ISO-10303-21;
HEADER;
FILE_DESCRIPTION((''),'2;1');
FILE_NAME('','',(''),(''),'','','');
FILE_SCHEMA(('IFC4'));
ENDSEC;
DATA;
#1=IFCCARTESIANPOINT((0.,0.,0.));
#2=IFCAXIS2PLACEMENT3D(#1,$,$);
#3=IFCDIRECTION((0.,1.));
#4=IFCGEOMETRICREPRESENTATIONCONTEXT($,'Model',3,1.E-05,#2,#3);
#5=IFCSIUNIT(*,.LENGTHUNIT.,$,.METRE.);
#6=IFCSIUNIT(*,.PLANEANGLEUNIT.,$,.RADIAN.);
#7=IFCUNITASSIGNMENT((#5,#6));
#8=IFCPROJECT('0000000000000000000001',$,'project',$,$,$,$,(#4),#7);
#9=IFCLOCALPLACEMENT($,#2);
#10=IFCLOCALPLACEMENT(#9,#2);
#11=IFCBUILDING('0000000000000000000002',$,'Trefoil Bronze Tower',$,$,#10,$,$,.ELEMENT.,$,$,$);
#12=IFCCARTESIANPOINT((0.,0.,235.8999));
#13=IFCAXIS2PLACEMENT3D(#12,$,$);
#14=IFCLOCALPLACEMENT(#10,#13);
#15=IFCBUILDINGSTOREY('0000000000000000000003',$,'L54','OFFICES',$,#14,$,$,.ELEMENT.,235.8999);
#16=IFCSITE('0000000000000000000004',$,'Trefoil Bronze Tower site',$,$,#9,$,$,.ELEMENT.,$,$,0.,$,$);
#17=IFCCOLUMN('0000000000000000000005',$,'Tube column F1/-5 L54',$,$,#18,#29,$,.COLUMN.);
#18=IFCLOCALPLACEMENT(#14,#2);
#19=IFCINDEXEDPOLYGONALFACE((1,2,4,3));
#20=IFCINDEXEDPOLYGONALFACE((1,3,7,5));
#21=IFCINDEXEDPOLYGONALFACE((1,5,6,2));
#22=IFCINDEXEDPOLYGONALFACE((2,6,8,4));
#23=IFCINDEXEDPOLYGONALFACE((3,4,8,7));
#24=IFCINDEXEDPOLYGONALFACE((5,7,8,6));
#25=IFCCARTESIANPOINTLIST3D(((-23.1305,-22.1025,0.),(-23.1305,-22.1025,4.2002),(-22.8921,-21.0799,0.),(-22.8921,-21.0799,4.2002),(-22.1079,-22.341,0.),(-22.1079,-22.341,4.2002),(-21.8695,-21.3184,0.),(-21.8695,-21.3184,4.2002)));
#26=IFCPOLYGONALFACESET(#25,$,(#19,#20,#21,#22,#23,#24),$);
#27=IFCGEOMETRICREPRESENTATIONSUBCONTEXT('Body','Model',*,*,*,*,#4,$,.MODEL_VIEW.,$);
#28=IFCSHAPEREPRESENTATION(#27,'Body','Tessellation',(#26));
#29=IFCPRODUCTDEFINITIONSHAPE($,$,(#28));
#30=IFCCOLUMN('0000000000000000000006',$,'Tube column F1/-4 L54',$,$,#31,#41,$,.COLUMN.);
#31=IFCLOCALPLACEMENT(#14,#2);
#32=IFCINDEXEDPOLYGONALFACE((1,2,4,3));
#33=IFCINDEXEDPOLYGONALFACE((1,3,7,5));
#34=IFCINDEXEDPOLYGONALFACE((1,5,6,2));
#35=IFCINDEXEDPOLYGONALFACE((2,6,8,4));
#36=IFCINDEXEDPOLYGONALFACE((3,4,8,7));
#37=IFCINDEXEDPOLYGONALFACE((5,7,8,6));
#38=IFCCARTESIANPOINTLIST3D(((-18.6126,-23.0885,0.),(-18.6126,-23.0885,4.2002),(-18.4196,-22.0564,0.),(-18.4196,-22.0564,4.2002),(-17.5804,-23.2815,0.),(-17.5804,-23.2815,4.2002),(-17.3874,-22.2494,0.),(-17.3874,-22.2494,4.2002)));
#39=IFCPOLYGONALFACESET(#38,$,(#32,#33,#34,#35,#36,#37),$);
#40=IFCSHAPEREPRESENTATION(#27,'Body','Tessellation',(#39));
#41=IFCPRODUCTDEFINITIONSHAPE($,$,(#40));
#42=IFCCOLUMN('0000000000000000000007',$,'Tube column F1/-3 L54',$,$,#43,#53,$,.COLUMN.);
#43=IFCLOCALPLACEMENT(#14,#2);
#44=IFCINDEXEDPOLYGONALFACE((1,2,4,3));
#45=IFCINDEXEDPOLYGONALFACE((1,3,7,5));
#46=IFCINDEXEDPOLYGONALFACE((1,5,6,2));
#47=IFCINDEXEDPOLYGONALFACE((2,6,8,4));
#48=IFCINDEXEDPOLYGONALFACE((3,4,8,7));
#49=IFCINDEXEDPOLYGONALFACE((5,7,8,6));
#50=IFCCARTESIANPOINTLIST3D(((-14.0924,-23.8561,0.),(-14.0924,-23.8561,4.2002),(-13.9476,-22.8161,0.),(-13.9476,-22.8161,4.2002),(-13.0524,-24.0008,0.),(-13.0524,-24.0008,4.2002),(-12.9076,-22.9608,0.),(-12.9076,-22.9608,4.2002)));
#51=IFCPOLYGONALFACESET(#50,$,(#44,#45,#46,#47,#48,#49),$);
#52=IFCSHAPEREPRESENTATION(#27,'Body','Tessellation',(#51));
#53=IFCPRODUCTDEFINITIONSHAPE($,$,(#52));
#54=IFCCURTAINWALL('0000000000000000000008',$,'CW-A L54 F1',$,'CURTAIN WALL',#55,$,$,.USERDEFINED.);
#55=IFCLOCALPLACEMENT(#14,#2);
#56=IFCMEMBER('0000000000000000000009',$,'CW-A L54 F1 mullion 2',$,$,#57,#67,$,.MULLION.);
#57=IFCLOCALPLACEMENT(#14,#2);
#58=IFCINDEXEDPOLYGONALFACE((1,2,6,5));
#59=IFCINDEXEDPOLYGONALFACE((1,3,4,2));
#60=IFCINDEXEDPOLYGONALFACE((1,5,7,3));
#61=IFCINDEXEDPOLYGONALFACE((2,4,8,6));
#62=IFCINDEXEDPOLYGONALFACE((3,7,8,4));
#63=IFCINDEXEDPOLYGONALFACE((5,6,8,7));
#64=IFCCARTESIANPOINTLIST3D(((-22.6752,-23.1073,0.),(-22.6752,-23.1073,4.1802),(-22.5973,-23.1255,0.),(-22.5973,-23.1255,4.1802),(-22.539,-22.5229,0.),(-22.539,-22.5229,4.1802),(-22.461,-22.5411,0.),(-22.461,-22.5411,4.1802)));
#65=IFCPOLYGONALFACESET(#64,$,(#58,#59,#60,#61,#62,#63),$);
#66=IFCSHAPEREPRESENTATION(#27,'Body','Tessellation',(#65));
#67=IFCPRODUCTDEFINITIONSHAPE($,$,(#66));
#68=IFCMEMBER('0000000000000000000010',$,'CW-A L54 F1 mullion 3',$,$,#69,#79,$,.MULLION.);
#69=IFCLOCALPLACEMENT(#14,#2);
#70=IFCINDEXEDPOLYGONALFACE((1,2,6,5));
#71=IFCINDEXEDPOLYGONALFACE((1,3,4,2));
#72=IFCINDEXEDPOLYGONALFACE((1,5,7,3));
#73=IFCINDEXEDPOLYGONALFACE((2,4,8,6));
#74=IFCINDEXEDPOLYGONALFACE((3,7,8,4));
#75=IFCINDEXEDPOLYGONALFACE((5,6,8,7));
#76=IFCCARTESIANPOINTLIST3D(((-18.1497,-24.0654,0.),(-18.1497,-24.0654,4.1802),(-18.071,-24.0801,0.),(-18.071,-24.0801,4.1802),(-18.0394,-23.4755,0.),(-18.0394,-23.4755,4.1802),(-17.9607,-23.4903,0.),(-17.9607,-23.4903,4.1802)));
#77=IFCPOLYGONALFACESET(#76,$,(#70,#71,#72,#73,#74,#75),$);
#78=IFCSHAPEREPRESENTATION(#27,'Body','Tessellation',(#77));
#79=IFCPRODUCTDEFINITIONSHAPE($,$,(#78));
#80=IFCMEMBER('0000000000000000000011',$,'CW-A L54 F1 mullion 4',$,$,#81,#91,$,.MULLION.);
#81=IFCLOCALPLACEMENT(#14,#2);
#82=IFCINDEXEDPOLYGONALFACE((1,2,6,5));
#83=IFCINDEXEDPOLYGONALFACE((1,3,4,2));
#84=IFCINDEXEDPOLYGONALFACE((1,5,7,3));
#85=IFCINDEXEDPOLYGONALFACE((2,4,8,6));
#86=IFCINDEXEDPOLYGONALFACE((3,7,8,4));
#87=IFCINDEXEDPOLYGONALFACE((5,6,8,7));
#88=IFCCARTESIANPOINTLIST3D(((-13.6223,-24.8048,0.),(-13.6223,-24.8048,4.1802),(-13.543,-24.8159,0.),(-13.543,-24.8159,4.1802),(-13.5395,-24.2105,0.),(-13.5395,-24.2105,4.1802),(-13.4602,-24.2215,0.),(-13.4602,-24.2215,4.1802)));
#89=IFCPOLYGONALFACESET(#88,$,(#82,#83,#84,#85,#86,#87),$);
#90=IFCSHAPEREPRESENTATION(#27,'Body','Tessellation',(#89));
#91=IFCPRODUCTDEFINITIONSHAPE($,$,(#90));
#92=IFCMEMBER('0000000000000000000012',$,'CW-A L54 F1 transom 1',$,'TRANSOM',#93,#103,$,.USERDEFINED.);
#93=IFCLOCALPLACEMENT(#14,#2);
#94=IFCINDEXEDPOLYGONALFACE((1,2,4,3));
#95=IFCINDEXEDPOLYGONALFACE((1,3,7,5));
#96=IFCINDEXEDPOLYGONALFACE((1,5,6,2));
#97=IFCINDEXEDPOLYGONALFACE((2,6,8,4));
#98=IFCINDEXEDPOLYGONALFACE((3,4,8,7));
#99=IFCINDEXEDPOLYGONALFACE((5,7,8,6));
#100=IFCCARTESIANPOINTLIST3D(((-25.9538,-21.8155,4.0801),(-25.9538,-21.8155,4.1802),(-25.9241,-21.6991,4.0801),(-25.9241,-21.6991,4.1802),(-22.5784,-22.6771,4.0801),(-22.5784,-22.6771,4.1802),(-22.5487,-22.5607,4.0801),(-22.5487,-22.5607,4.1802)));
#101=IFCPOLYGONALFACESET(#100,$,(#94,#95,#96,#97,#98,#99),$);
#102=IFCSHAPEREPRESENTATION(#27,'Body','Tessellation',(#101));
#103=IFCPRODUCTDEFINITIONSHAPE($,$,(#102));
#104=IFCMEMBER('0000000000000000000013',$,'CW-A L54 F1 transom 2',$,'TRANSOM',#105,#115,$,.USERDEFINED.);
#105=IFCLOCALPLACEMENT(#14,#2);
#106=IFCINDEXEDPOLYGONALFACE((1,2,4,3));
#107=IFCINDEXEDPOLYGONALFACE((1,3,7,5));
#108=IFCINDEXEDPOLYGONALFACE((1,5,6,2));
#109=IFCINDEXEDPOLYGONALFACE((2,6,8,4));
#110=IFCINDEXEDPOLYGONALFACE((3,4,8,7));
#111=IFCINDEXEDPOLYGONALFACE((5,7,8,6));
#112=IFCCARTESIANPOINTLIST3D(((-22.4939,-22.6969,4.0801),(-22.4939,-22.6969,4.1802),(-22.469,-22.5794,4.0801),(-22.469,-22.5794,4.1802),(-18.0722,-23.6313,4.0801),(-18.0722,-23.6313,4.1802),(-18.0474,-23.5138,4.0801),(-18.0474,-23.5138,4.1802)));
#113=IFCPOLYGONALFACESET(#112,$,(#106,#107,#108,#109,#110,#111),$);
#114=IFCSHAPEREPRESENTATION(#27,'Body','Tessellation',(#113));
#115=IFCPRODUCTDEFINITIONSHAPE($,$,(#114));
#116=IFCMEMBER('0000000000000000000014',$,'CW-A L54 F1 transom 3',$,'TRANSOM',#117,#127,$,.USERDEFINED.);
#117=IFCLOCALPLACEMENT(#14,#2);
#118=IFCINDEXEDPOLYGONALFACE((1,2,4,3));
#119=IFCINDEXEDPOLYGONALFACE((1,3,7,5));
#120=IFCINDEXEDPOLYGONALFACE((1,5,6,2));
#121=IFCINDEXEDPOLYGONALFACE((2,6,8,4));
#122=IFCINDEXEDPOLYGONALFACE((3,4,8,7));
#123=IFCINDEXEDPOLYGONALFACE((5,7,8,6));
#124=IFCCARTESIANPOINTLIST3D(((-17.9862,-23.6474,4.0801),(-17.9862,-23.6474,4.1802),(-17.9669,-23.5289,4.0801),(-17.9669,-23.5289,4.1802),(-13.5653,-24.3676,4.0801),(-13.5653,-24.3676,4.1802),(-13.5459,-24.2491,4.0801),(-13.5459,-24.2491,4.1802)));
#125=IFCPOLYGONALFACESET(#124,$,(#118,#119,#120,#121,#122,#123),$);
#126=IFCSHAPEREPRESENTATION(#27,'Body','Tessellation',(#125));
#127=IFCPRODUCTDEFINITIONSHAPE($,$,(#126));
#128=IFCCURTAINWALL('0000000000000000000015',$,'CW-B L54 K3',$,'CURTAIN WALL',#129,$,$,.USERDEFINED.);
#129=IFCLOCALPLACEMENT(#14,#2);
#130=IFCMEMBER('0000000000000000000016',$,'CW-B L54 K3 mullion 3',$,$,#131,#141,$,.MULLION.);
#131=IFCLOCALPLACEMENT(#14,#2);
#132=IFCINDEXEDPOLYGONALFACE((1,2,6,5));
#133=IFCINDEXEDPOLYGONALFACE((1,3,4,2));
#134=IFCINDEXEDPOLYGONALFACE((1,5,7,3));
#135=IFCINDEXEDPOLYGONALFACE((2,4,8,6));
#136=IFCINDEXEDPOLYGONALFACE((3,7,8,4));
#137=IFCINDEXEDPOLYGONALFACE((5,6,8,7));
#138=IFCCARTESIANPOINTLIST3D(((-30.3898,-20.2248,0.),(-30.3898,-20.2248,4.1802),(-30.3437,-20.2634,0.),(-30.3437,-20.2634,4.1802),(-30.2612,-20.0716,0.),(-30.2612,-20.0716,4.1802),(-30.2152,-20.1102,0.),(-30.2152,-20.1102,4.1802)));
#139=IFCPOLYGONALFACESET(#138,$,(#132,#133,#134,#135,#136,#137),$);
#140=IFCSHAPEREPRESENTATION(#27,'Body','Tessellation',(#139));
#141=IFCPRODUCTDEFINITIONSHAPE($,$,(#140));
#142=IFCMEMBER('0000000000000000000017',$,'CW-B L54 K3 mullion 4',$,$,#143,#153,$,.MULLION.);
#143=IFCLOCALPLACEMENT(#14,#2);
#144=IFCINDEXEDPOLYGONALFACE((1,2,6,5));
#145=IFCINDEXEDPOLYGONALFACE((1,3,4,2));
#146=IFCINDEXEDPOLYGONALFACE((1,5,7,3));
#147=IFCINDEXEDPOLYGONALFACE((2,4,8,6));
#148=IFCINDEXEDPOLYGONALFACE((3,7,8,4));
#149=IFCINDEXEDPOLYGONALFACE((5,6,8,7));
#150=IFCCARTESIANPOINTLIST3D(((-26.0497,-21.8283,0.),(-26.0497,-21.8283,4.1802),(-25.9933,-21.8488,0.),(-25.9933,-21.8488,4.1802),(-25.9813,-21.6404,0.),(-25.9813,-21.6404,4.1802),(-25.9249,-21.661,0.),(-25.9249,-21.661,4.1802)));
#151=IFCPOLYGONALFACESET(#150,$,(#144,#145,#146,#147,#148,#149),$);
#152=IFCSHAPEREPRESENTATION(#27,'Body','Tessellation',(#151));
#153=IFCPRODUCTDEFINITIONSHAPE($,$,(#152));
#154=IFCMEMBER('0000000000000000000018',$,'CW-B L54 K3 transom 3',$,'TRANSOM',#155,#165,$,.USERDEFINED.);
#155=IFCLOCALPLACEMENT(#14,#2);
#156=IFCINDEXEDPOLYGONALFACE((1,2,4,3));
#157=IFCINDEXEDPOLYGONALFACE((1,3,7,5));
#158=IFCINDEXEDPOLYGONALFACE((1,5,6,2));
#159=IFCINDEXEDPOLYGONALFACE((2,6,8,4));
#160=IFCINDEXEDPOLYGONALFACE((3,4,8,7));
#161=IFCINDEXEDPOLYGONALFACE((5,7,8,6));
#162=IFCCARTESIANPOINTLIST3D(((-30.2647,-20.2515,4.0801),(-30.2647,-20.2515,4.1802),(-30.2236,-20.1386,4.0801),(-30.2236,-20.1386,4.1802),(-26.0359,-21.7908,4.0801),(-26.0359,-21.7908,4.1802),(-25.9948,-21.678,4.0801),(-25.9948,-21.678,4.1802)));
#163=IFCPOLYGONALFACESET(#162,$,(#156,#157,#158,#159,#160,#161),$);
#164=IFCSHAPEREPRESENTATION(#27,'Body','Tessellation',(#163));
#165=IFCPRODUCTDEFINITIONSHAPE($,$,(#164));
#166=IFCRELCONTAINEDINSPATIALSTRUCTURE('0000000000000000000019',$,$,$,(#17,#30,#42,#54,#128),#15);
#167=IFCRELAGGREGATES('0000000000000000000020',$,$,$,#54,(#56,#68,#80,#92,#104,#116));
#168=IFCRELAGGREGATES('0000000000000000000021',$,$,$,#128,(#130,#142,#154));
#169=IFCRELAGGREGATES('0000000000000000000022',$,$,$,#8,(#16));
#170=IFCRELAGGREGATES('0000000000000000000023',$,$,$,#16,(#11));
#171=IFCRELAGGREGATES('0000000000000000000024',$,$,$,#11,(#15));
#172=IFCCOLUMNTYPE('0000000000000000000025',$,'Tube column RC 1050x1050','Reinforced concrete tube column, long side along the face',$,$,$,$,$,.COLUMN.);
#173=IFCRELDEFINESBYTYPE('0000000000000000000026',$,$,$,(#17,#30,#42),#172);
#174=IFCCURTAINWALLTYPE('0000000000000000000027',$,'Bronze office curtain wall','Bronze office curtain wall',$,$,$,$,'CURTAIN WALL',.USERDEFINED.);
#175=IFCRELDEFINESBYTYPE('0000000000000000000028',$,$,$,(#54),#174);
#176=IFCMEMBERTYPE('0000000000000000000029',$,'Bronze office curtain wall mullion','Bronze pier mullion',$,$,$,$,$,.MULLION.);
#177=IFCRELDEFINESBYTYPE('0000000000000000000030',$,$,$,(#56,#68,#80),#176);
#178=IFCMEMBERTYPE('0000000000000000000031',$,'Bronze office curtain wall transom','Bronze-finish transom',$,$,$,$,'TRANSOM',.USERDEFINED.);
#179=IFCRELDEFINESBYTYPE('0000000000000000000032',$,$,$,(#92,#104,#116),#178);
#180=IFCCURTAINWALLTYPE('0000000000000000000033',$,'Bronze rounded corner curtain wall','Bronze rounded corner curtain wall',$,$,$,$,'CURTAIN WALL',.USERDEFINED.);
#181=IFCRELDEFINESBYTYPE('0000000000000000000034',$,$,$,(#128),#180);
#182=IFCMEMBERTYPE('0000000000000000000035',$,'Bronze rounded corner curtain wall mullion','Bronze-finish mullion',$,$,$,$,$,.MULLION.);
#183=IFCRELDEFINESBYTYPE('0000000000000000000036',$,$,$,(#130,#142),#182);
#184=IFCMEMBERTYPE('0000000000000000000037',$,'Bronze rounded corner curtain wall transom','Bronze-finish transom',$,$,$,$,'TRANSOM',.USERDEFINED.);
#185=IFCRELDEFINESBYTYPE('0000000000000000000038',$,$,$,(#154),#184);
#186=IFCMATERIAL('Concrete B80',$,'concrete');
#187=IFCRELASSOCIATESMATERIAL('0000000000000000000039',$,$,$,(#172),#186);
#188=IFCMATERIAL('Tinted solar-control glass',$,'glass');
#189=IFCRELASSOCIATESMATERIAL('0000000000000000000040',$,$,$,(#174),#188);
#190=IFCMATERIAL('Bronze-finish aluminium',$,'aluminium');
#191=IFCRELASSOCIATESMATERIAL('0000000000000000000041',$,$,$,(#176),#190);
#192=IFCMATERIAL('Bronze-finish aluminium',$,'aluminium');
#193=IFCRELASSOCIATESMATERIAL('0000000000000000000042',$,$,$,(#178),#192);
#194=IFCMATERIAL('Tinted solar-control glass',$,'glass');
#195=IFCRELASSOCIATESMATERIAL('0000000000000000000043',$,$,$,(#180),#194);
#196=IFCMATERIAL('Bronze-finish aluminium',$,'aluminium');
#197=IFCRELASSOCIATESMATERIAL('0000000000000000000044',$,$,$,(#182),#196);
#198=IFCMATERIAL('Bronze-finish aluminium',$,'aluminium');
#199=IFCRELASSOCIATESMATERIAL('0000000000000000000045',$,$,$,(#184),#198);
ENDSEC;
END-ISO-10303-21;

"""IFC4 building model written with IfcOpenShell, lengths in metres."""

from ifc_helpers import new_model, si_unit, direction, frame, origin, origin_2d, place, context, subcontext, project, spatial, rectangle, extrude, material, material_profile, profile_set, type_object, element, aggregate, save


model = new_model("IFC4")

# Units and contexts
model_context = context("Model", 3, precision=1e-05, world=origin(), true_north=direction((0.0, 1.0)))
body_context = subcontext(model_context, "Body", "Model", "MODEL_VIEW")
ifc_project = project(units=[si_unit("LENGTHUNIT", "METRE"), si_unit("PLANEANGLEUNIT", "RADIAN")], contexts=[model_context])

# Site, building, storey
site_placement = place(None, origin())
site = spatial("IfcSite", under=ifc_project, at=site_placement, Name="Trefoil Bronze Tower site", CompositionType="ELEMENT", RefElevation=0.0)
building_placement = place(site_placement, origin())
building = spatial("IfcBuilding", under=site, at=building_placement, Name="Trefoil Bronze Tower", CompositionType="ELEMENT")
storey_placement = place(building_placement, frame((0.0, 0.0, 235.8999)))
storey = spatial("IfcBuildingStorey", under=building, at=storey_placement, Name="L54", Description="OFFICES", CompositionType="ELEMENT", Elevation=235.8999)

# Columns
ifc_material_1 = material(Name="Concrete B80", Category="concrete")
ifc_material_profile_1 = material_profile(ifc_material_1, rectangle(XDim=1.05, YDim=1.05, at=origin_2d()), Name="RC 1050x1050")
ifc_profile_set_1 = profile_set([ifc_material_profile_1], Name="Concrete B80")
column_type = type_object("IfcColumnType", Name="Tube column RC 1050x1050", Description="Reinforced concrete tube column, long side along the face", PredefinedType="COLUMN", material=ifc_profile_set_1)
for number, where, z_axis, x_axis, name in (
    (1, (-22.5, -21.7104, 0.0), (0.0, 0.0, 1.0), (0.973875, -0.227083, 0.0), "Tube column F1/-5 L54"),
    (2, (-18.0, -22.6689, 0.0), (0.0, 0.0, 1.0), (0.982959, -0.183825, 0.0), "Tube column F1/-4 L54"),
    (3, (-13.5, -23.4084, 0.0), (0.0, 0.0, 1.0), (0.990451, -0.137868, 0.0), "Tube column F1/-3 L54"),
):
    element("IfcColumn", number, at=place(storey_placement, frame(where, z_axis=z_axis, x_axis=x_axis)), inside=storey, type_object=column_type, Name=name, PredefinedType="COLUMN", context=body_context, shape_type="SweptSolid", body=[
        extrude(rectangle(XDim=1.05, YDim=1.05, at=origin_2d()), origin(), (0.0, 0.0, 1.0), 4.2002),
    ])

# Curtain walls, members
ifc_material_2 = material(Name="Tinted solar-control glass", Category="glass")
curtain_wall_type_1 = type_object("IfcCurtainWallType", Name="Bronze office curtain wall", Description="Bronze office curtain wall", ElementType="CURTAIN WALL", PredefinedType="USERDEFINED", material=ifc_material_2)
curtain_wall_1_placement = place(storey_placement, origin())
curtain_wall_1 = element("IfcCurtainWall", 4, at=curtain_wall_1_placement, inside=storey, type_object=curtain_wall_type_1, Name="CW-A L54 F1", ObjectType="CURTAIN WALL", PredefinedType="USERDEFINED")
ifc_material_3 = material(Name="Bronze-finish aluminium", Category="aluminium")
ifc_material_profile_2 = material_profile(ifc_material_3, rectangle(XDim=0.6001, YDim=0.0801, at=origin_2d()), Name="CW-A mullion")
ifc_profile_set_2 = profile_set([ifc_material_profile_2], Name="Bronze-finish aluminium")
member_type_1 = type_object("IfcMemberType", Name="Bronze office curtain wall mullion", Description="Bronze pier mullion", PredefinedType="MULLION", material=ifc_profile_set_2)
member_1_placement = place(storey_placement, frame((-22.5681, -22.8242, 0.0), z_axis=(0.0, 0.0, 1.0), x_axis=(0.227083, 0.973875, 0.0)))
member_1 = element("IfcMember", 5, at=member_1_placement, type_object=member_type_1, Name="CW-A L54 F1 mullion 2", PredefinedType="MULLION", context=body_context, shape_type="SweptSolid", body=[
    extrude(rectangle(XDim=0.6001, YDim=0.0801, at=origin_2d()), origin(), (0.0, 0.0, 1.0), 4.1802),
])
member_2_placement = place(storey_placement, frame((-18.0552, -23.7778, 0.0), z_axis=(0.0, 0.0, 1.0), x_axis=(0.183825, 0.982959, 0.0)))
member_2 = element("IfcMember", 6, at=member_2_placement, type_object=member_type_1, Name="CW-A L54 F1 mullion 3", PredefinedType="MULLION", context=body_context, shape_type="SweptSolid", body=[
    extrude(rectangle(XDim=0.6001, YDim=0.0801, at=origin_2d()), origin(), (0.0, 0.0, 1.0), 4.1802),
])
member_3_placement = place(storey_placement, frame((-13.5413, -24.5132, 0.0), z_axis=(0.0, 0.0, 1.0), x_axis=(0.137868, 0.990451, 0.0)))
member_3 = element("IfcMember", 7, at=member_3_placement, type_object=member_type_1, Name="CW-A L54 F1 mullion 4", PredefinedType="MULLION", context=body_context, shape_type="SweptSolid", body=[
    extrude(rectangle(XDim=0.6001, YDim=0.0801, at=origin_2d()), origin(), (0.0, 0.0, 1.0), 4.1802),
])
ifc_material_4 = material(Name="Bronze-finish aluminium", Category="aluminium")
ifc_material_profile_3 = material_profile(ifc_material_4, rectangle(XDim=0.1201, YDim=0.1001, at=origin_2d()), Name="CW-A transom")
ifc_profile_set_3 = profile_set([ifc_material_profile_3], Name="Bronze-finish aluminium")
member_type_2 = type_object("IfcMemberType", Name="Bronze office curtain wall transom", Description="Bronze-finish transom", ElementType="TRANSOM", PredefinedType="USERDEFINED", material=ifc_profile_set_3)
member_4_placement = place(storey_placement, frame((-25.939, -21.7573, 4.1301), z_axis=(0.968935, -0.247315, 0.0), x_axis=(0.247315, 0.968935, 0.0)))
member_4 = element("IfcMember", 8, at=member_4_placement, type_object=member_type_2, Name="CW-A L54 F1 transom 1", ObjectType="TRANSOM", PredefinedType="USERDEFINED", context=body_context, shape_type="SweptSolid", body=[
    extrude(rectangle(XDim=0.1201, YDim=0.1001, at=origin_2d()), origin(), (0.0, 0.0, 1.0), 3.4836),
])
member_5_placement = place(storey_placement, frame((-22.4814, -22.6382, 4.1301), z_axis=(0.978395, -0.206743, 0.0), x_axis=(0.206743, 0.978395, 0.0)))
member_5 = element("IfcMember", 9, at=member_5_placement, type_object=member_type_2, Name="CW-A L54 F1 transom 2", ObjectType="TRANSOM", PredefinedType="USERDEFINED", context=body_context, shape_type="SweptSolid", body=[
    extrude(rectangle(XDim=0.1201, YDim=0.1001, at=origin_2d()), origin(), (0.0, 0.0, 1.0), 4.5193),
])
member_6_placement = place(storey_placement, frame((-17.9766, -23.5881, 4.1301), z_axis=(0.986988, -0.160792, 0.0), x_axis=(0.160792, 0.986988, 0.0)))
member_6 = element("IfcMember", 10, at=member_6_placement, type_object=member_type_2, Name="CW-A L54 F1 transom 3", ObjectType="TRANSOM", PredefinedType="USERDEFINED", context=body_context, shape_type="SweptSolid", body=[
    extrude(rectangle(XDim=0.1201, YDim=0.1001, at=origin_2d()), origin(), (0.0, 0.0, 1.0), 4.4792),
])
ifc_material_5 = material(Name="Tinted solar-control glass", Category="glass")
curtain_wall_type_2 = type_object("IfcCurtainWallType", Name="Bronze rounded corner curtain wall", Description="Bronze rounded corner curtain wall", ElementType="CURTAIN WALL", PredefinedType="USERDEFINED", material=ifc_material_5)
curtain_wall_2_placement = place(storey_placement, origin())
curtain_wall_2 = element("IfcCurtainWall", 11, at=curtain_wall_2_placement, inside=storey, type_object=curtain_wall_type_2, Name="CW-B L54 K3", ObjectType="CURTAIN WALL", PredefinedType="USERDEFINED")
ifc_material_6 = material(Name="Bronze-finish aluminium", Category="aluminium")
ifc_material_profile_4 = material_profile(ifc_material_6, rectangle(XDim=0.2, YDim=0.0601, at=origin_2d()), Name="CW-B mullion")
ifc_profile_set_4 = profile_set([ifc_material_profile_4], Name="Bronze-finish aluminium")
member_type_3 = type_object("IfcMemberType", Name="Bronze rounded corner curtain wall mullion", Description="Bronze-finish mullion", PredefinedType="MULLION", material=ifc_profile_set_4)
member_7_placement = place(storey_placement, frame((-30.3025, -20.1675, 0.0), z_axis=(0.0, 0.0, 1.0), x_axis=(0.642788, 0.766044, 0.0)))
member_7 = element("IfcMember", 12, at=member_7_placement, type_object=member_type_3, Name="CW-B L54 K3 mullion 3", PredefinedType="MULLION", context=body_context, shape_type="SweptSolid", body=[
    extrude(rectangle(XDim=0.2, YDim=0.0601, at=origin_2d()), origin(), (0.0, 0.0, 1.0), 4.1802),
])
member_8_placement = place(storey_placement, frame((-25.9873, -21.7446, 0.0), z_axis=(0.0, 0.0, 1.0), x_axis=(0.34202, 0.939693, 0.0)))
member_8 = element("IfcMember", 13, at=member_8_placement, type_object=member_type_3, Name="CW-B L54 K3 mullion 4", PredefinedType="MULLION", context=body_context, shape_type="SweptSolid", body=[
    extrude(rectangle(XDim=0.2, YDim=0.0601, at=origin_2d()), origin(), (0.0, 0.0, 1.0), 4.1802),
])
ifc_material_7 = material(Name="Bronze-finish aluminium", Category="aluminium")
ifc_material_profile_5 = material_profile(ifc_material_7, rectangle(XDim=0.1201, YDim=0.1001, at=origin_2d()), Name="CW-B transom")
ifc_profile_set_5 = profile_set([ifc_material_profile_5], Name="Bronze-finish aluminium")
member_type_4 = type_object("IfcMemberType", Name="Bronze rounded corner curtain wall transom", Description="Bronze-finish transom", ElementType="TRANSOM", PredefinedType="USERDEFINED", material=ifc_profile_set_5)
member_9_placement = place(storey_placement, frame((-30.2441, -20.1951, 4.1301), z_axis=(0.939681, -0.342052, 0.0), x_axis=(0.342052, 0.939681, 0.0)))
member_9 = element("IfcMember", 14, at=member_9_placement, type_object=member_type_4, Name="CW-B L54 K3 transom 3", ObjectType="TRANSOM", PredefinedType="USERDEFINED", context=body_context, shape_type="SweptSolid", body=[
    extrude(rectangle(XDim=0.1201, YDim=0.1001, at=origin_2d()), origin(), (0.0, 0.0, 1.0), 4.5002),
])

aggregate(curtain_wall_1, [member_1, member_2, member_3, member_4, member_5, member_6])
aggregate(curtain_wall_2, [member_7, member_8, member_9])

save(model, "model.ifc")
